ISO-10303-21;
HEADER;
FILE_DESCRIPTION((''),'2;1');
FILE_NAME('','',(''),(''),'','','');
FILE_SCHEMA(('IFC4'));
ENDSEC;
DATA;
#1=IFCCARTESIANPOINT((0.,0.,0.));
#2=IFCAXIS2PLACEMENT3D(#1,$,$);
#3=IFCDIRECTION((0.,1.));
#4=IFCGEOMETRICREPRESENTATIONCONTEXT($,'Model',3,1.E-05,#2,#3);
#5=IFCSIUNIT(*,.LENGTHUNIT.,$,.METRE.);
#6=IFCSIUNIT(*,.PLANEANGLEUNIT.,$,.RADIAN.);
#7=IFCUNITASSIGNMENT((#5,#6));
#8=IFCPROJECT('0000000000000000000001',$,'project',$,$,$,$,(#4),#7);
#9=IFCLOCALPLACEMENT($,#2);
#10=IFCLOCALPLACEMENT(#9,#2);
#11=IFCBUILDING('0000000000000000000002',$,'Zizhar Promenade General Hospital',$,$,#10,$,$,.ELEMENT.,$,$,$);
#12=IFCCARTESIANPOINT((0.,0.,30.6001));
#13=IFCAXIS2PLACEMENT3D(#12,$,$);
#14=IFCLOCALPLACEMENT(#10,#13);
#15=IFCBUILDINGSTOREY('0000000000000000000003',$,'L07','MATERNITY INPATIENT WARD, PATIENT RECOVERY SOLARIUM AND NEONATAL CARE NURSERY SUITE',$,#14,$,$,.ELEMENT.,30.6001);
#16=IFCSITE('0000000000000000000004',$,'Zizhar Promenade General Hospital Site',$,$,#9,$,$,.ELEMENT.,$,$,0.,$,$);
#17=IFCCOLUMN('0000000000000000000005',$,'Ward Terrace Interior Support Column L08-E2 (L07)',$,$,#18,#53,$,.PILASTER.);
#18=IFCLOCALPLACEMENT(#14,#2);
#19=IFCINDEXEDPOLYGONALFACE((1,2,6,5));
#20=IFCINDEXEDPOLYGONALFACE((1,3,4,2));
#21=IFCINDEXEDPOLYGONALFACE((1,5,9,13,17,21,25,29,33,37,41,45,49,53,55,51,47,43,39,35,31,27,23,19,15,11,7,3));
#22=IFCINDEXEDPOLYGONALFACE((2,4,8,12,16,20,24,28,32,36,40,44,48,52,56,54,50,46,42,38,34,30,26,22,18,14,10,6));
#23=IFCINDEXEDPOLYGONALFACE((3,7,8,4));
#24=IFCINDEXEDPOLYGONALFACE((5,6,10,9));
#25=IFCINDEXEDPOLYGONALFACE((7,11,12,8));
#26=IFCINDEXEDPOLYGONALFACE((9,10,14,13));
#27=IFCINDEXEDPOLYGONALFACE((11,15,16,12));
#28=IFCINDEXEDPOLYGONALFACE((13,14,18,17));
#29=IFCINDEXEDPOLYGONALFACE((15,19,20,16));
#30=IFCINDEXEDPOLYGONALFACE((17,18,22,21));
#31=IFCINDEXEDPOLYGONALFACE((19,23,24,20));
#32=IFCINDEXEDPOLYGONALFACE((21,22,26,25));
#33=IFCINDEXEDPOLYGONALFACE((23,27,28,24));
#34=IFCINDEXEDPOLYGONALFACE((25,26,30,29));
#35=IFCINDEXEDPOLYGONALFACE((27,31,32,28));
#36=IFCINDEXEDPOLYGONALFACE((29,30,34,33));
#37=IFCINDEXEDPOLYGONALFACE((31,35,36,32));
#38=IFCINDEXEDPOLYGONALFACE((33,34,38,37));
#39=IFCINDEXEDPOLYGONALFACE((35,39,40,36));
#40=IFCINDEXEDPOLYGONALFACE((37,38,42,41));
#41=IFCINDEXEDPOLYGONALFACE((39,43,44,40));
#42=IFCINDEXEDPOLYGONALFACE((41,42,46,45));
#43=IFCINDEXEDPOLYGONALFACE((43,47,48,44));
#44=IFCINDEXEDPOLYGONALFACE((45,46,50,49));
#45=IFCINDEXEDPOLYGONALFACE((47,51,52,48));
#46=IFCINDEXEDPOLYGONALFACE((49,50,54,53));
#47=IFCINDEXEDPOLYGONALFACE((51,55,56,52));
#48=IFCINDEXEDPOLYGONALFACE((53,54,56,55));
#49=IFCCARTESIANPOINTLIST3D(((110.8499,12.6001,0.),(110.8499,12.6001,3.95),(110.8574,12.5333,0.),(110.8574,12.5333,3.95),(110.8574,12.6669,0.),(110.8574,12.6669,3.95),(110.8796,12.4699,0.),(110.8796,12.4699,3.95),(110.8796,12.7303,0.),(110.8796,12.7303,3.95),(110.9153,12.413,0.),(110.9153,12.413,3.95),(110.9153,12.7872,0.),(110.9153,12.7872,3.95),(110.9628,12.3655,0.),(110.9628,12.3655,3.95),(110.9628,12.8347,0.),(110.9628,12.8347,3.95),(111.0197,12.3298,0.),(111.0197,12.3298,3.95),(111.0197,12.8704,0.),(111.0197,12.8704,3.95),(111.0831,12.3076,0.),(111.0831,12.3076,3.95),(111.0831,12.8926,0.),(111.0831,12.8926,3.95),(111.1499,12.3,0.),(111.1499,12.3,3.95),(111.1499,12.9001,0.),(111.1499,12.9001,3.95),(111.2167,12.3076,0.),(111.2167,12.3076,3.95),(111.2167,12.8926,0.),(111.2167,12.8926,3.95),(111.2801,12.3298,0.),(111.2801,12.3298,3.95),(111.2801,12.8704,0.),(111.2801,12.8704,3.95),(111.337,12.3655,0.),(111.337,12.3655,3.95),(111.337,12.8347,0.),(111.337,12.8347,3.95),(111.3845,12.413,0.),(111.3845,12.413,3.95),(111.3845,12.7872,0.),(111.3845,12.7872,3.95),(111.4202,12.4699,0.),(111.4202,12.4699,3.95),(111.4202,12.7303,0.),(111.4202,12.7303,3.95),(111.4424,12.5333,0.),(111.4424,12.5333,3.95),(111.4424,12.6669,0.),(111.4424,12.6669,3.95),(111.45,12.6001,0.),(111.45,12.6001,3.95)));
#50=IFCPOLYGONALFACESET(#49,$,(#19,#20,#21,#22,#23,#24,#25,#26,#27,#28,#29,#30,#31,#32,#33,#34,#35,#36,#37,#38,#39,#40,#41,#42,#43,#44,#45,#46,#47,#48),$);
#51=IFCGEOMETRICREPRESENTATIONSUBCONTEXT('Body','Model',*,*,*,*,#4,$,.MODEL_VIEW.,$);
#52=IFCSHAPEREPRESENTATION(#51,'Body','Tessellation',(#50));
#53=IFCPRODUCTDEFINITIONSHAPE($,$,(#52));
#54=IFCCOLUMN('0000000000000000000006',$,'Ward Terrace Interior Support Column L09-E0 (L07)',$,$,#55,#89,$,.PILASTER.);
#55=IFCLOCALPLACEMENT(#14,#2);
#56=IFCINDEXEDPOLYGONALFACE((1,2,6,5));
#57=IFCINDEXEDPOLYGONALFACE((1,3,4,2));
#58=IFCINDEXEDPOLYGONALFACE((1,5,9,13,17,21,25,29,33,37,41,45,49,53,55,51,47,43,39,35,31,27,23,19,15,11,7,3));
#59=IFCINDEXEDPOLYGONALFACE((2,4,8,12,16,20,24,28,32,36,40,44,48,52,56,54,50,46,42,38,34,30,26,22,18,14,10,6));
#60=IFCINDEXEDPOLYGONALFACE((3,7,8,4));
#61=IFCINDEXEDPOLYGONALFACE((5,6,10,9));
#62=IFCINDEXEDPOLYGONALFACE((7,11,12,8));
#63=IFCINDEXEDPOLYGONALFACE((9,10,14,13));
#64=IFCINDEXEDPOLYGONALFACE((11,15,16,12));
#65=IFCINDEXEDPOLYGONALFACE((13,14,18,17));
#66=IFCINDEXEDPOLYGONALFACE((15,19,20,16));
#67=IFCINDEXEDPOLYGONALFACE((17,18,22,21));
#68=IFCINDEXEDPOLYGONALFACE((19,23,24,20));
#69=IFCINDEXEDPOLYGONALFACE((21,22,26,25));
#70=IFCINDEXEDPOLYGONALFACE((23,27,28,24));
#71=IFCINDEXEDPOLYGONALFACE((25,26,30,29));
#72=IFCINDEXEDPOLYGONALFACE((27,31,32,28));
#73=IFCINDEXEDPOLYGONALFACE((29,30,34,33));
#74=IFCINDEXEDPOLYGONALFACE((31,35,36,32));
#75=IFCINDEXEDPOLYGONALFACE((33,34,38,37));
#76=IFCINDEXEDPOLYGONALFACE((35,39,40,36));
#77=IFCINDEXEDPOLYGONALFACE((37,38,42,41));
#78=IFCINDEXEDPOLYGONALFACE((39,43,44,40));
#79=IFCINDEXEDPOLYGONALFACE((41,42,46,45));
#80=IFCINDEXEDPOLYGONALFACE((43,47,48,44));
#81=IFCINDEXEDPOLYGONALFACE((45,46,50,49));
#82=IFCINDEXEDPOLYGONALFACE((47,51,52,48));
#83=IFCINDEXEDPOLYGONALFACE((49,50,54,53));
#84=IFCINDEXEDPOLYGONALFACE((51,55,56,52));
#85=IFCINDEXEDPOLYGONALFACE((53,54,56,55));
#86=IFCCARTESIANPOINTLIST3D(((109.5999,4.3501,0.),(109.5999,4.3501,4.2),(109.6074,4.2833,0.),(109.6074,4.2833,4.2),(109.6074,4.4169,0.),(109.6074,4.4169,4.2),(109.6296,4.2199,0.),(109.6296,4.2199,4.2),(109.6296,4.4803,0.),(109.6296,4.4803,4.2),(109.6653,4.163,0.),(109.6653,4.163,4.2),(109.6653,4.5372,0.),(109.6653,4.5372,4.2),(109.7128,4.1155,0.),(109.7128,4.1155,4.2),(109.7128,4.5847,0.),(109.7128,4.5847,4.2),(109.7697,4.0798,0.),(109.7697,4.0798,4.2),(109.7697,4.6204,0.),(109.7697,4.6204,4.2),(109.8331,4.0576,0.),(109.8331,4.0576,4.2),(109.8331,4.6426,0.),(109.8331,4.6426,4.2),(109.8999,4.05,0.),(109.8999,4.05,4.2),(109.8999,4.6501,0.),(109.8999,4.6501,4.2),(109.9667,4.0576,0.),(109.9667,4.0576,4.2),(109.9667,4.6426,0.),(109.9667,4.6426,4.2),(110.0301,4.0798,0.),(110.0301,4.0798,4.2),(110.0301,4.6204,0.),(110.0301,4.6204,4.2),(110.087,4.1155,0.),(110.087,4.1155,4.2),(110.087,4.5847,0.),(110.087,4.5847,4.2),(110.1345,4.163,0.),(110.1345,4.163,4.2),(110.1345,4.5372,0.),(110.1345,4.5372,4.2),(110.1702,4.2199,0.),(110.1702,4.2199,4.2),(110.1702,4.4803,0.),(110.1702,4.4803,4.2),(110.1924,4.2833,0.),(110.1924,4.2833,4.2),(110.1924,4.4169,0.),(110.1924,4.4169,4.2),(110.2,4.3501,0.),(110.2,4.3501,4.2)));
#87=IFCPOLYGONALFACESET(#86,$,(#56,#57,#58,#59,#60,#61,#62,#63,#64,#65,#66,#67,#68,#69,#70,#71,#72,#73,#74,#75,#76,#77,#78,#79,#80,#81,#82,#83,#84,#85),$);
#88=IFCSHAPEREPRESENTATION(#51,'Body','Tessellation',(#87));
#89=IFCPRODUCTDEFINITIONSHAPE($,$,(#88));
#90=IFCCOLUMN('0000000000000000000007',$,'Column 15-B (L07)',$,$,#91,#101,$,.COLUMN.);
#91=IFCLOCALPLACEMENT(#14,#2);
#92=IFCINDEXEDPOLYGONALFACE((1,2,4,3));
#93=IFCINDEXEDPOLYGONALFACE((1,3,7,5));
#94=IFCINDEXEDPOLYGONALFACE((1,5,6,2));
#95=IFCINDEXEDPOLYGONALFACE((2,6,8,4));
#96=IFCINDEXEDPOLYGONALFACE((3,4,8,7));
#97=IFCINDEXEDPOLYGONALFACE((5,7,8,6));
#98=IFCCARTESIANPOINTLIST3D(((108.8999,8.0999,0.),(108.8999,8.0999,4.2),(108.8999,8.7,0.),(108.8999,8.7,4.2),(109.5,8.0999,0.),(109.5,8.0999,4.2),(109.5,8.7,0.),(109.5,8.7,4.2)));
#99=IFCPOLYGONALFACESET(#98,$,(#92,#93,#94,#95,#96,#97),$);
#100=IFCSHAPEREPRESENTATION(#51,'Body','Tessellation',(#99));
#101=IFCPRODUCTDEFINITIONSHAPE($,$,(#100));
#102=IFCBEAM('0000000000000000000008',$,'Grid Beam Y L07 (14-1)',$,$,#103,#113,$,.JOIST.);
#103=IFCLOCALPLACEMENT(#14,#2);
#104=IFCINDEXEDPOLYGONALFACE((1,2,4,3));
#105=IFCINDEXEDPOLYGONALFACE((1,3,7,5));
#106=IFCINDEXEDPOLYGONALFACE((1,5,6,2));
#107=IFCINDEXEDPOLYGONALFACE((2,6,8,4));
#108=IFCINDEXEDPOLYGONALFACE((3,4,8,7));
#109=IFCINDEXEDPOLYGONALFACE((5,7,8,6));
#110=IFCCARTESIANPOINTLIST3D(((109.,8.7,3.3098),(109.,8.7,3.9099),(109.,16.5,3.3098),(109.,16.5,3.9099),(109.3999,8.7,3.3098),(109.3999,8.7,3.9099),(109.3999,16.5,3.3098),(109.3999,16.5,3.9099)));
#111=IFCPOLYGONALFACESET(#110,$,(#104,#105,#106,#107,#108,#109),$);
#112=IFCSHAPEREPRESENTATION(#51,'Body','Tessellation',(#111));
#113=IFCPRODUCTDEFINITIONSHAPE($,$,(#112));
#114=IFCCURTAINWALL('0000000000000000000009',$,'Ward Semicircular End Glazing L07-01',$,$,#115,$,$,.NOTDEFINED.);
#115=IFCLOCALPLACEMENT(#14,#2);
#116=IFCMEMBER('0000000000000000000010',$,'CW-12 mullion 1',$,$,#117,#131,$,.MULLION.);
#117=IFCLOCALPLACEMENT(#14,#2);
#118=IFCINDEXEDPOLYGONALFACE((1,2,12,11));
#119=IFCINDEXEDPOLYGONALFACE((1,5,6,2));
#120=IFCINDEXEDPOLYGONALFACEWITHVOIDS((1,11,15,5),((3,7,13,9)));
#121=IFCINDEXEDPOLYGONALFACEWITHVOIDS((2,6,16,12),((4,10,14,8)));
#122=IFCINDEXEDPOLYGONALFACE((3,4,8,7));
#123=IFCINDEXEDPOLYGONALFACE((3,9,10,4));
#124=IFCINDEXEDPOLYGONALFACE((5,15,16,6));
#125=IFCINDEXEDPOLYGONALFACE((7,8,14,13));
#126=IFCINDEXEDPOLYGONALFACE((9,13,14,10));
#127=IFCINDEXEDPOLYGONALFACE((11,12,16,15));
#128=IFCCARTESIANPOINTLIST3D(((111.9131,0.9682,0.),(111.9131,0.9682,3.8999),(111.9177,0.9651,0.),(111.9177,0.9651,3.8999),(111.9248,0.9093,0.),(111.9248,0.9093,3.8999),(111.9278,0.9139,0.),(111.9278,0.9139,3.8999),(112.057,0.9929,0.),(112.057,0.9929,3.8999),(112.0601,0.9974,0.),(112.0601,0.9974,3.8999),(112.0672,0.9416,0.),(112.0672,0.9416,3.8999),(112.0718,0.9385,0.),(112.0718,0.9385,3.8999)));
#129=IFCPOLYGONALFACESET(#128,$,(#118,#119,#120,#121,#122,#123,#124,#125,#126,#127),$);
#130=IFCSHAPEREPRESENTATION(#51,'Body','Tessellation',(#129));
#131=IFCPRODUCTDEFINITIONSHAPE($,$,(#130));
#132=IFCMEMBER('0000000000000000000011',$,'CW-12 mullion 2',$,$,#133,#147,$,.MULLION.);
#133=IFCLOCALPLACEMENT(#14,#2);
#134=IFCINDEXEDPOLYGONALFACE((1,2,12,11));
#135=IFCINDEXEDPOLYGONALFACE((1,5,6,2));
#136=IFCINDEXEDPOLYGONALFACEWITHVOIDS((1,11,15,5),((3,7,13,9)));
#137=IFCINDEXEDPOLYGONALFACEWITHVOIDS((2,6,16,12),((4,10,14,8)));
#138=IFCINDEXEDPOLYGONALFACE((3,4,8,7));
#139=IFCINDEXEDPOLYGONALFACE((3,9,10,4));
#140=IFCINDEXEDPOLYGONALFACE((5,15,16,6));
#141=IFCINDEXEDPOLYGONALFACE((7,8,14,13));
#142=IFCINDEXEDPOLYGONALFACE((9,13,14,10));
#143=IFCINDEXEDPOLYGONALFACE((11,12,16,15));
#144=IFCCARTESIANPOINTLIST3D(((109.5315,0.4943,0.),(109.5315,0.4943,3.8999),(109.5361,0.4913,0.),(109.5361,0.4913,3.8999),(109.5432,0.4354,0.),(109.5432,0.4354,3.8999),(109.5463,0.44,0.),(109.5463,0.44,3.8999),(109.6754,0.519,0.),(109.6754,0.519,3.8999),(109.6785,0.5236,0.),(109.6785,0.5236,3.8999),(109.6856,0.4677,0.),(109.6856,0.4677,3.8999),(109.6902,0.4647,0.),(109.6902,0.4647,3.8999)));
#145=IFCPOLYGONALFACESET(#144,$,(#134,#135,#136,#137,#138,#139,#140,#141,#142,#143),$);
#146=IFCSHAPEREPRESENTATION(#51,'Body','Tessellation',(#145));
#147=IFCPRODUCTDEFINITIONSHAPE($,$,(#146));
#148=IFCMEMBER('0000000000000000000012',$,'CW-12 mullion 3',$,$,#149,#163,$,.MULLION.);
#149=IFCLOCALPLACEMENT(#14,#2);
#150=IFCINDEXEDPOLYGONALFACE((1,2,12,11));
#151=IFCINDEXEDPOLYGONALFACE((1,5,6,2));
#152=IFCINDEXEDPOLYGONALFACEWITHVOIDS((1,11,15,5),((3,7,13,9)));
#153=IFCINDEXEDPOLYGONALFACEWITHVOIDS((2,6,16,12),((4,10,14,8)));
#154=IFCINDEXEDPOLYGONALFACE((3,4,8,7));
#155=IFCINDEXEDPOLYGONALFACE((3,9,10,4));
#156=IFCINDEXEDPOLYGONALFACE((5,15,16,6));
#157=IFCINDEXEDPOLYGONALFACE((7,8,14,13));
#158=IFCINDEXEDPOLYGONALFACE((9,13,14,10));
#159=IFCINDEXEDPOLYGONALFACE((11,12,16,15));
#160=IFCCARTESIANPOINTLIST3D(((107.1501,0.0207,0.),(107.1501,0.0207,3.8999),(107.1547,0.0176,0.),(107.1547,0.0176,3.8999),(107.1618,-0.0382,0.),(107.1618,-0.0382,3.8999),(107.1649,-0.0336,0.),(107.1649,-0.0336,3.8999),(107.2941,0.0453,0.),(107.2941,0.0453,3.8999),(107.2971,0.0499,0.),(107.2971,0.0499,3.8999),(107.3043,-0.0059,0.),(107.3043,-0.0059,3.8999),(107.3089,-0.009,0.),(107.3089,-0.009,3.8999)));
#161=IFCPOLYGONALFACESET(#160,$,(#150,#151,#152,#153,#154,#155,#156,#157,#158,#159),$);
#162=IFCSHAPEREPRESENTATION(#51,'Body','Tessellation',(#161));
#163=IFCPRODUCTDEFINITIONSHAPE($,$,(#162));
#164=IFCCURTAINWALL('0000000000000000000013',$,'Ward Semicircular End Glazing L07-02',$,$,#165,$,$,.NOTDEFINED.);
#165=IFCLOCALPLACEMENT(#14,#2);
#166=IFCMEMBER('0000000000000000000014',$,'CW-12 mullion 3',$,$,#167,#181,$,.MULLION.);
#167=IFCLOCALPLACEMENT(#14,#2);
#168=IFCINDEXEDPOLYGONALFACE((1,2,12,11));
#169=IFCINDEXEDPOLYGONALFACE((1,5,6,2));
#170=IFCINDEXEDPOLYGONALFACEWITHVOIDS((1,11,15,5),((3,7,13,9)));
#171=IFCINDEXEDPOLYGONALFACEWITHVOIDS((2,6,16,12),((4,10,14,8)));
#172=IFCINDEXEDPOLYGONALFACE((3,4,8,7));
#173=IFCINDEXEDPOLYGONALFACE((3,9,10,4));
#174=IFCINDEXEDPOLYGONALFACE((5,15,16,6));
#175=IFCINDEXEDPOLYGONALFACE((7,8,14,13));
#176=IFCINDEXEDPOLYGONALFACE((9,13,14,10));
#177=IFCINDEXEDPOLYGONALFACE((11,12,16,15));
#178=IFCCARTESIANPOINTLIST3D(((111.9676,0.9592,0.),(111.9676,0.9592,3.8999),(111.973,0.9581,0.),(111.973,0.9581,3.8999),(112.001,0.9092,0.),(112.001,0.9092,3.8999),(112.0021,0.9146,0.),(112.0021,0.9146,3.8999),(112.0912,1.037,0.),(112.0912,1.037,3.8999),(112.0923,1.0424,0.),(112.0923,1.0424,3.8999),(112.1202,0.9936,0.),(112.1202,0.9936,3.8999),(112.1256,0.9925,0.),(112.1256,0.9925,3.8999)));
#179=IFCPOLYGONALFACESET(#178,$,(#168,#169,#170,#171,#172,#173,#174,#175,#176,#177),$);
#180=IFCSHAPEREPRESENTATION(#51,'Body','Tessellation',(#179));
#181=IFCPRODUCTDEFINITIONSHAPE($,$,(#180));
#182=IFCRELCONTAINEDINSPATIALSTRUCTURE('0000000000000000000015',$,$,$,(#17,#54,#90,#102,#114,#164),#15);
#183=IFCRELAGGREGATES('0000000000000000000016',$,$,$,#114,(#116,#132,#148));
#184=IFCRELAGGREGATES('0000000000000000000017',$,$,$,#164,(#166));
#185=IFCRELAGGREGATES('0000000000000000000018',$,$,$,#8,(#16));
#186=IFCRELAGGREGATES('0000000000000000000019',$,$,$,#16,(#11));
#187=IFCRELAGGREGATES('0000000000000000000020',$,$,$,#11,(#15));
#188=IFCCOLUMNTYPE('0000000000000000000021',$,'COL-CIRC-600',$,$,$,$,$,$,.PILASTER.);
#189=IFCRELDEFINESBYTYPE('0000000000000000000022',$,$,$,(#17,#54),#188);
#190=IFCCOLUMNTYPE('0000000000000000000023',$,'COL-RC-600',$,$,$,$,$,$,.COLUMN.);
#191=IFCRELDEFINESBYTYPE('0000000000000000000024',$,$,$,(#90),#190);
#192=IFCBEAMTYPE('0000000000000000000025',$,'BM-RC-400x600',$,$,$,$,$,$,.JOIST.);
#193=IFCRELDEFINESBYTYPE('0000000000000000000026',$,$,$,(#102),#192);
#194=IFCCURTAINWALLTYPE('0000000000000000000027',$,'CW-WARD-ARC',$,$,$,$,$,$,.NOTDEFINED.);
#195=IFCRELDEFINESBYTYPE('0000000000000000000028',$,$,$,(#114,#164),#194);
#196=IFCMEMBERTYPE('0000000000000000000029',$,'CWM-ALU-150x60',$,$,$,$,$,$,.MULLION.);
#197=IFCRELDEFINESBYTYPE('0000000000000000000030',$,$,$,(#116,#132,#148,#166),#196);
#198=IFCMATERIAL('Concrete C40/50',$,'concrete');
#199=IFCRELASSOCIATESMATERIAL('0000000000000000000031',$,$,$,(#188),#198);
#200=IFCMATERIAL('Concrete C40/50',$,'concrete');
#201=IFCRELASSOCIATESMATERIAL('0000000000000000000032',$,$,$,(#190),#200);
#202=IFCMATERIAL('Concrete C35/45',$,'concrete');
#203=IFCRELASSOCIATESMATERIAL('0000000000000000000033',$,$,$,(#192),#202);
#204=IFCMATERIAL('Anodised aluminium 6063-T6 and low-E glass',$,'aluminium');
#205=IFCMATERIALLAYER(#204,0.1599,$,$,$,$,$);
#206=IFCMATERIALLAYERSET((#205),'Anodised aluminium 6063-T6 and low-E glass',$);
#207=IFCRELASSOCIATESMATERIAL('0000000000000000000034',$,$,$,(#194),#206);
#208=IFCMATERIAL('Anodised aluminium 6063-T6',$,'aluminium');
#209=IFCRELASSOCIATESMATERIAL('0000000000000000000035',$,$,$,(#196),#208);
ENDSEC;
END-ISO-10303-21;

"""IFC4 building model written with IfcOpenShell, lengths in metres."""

from ifc_helpers import new_model, si_unit, direction, frame, origin, origin_2d, place, context, subcontext, project, spatial, rectangle, hollow_rectangle, circle, extrude, material, layer, layer_set, material_profile, profile_set, type_object, element, aggregate, save


model = new_model("IFC4")

# Units and contexts
model_context = context("Model", 3, precision=1e-05, world=origin(), true_north=direction((0.0, 1.0)))
body_context = subcontext(model_context, "Body", "Model", "MODEL_VIEW")
ifc_project = project(units=[si_unit("LENGTHUNIT", "METRE"), si_unit("PLANEANGLEUNIT", "RADIAN")], contexts=[model_context])

# Site, building, storey
site_placement = place(None, origin())
site = spatial("IfcSite", under=ifc_project, at=site_placement, Name="Zizhar Promenade General Hospital Site", CompositionType="ELEMENT", RefElevation=0.0)
building_placement = place(site_placement, origin())
building = spatial("IfcBuilding", under=site, at=building_placement, Name="Zizhar Promenade General Hospital", CompositionType="ELEMENT")
storey_placement = place(building_placement, frame((0.0, 0.0, 30.6001)))
storey = spatial("IfcBuildingStorey", under=building, at=storey_placement, Name="L07", Description="MATERNITY INPATIENT WARD, PATIENT RECOVERY SOLARIUM AND NEONATAL CARE NURSERY SUITE", CompositionType="ELEMENT", Elevation=30.6001)

# Columns
ifc_material_1 = material(Name="Concrete C40/50", Category="concrete")
ifc_material_profile_1 = material_profile(ifc_material_1, circle(Radius=0.3, at=origin_2d()))
ifc_profile_set_1 = profile_set([ifc_material_profile_1], Name="Concrete C40/50")
column_type_1 = type_object("IfcColumnType", Name="COL-CIRC-600", PredefinedType="PILASTER", material=ifc_profile_set_1)
column_1_placement = place(storey_placement, frame((111.1499, 12.6001, 0.0), z_axis=(0.0, 0.0, 1.0), x_axis=(1.0, 0.0, 0.0)))
element("IfcColumn", 1, at=column_1_placement, inside=storey, type_object=column_type_1, Name="Ward Terrace Interior Support Column L08-E2 (L07)", PredefinedType="PILASTER", context=body_context, shape_type="SweptSolid", body=[
    extrude(circle(Radius=0.3, at=origin_2d()), origin(), (0.0, 0.0, 1.0), 3.95),
])
column_2_placement = place(storey_placement, frame((109.8999, 4.3501, 0.0), z_axis=(0.0, 0.0, 1.0), x_axis=(1.0, 0.0, 0.0)))
element("IfcColumn", 2, at=column_2_placement, inside=storey, type_object=column_type_1, Name="Ward Terrace Interior Support Column L09-E0 (L07)", PredefinedType="PILASTER", context=body_context, shape_type="SweptSolid", body=[
    extrude(circle(Radius=0.3, at=origin_2d()), origin(), (0.0, 0.0, 1.0), 4.2),
])
ifc_material_2 = material(Name="Concrete C40/50", Category="concrete")
ifc_material_profile_2 = material_profile(ifc_material_2, rectangle(XDim=0.6001, YDim=0.6001, at=origin_2d()))
ifc_profile_set_2 = profile_set([ifc_material_profile_2], Name="Concrete C40/50")
column_type_2 = type_object("IfcColumnType", Name="COL-RC-600", PredefinedType="COLUMN", material=ifc_profile_set_2)
column_3_placement = place(storey_placement, frame((109.2, 8.3999, 0.0), z_axis=(0.0, 0.0, 1.0), x_axis=(1.0, 0.0, 0.0)))
element("IfcColumn", 3, at=column_3_placement, inside=storey, type_object=column_type_2, Name="Column 15-B (L07)", PredefinedType="COLUMN", context=body_context, shape_type="SweptSolid", body=[
    extrude(rectangle(XDim=0.6001, YDim=0.6001, at=origin_2d()), origin(), (0.0, 0.0, 1.0), 4.2),
])

# Beam
ifc_material_3 = material(Name="Concrete C35/45", Category="concrete")
ifc_material_profile_3 = material_profile(ifc_material_3, rectangle(XDim=0.3999, YDim=0.6001, at=origin_2d()))
ifc_profile_set_3 = profile_set([ifc_material_profile_3], Name="Concrete C35/45")
beam_type = type_object("IfcBeamType", Name="BM-RC-400x600", PredefinedType="JOIST", material=ifc_profile_set_3)
beam_placement = place(storey_placement, frame((109.2, 8.7, 3.6099), z_axis=(0.0, 1.0, 0.0), x_axis=(-1.0, 0.0, 0.0)))
element("IfcBeam", 4, at=beam_placement, inside=storey, type_object=beam_type, Name="Grid Beam Y L07 (14-1)", PredefinedType="JOIST", context=body_context, shape_type="SweptSolid", body=[
    extrude(rectangle(XDim=0.3999, YDim=0.6001, at=origin_2d()), origin(), (0.0, 0.0, 1.0), 7.8),
])

# Curtain wall, members
ifc_material_4 = material(Name="Anodised aluminium 6063-T6 and low-E glass", Category="aluminium")
ifc_layer_1 = layer(ifc_material_4, 0.1599)
ifc_layer_set_1 = layer_set([ifc_layer_1], Name="Anodised aluminium 6063-T6 and low-E glass")
curtain_wall_type_1 = type_object("IfcCurtainWallType", Name="CW-WARD-ARC", PredefinedType="NOTDEFINED", material=ifc_layer_set_1)
curtain_wall_1_placement = place(storey_placement, origin())
curtain_wall_1 = element("IfcCurtainWall", 5, at=curtain_wall_1_placement, inside=storey, type_object=curtain_wall_type_1, Name="Ward Semicircular End Glazing L07-01", PredefinedType="NOTDEFINED")
ifc_material_5 = material(Name="Anodised aluminium 6063-T6", Category="aluminium")
ifc_material_profile_4 = material_profile(ifc_material_5, hollow_rectangle(XDim=0.0601, YDim=0.1499, WallThickness=0.0039, at=origin_2d()))
ifc_profile_set_4 = profile_set([ifc_material_profile_4], Name="Anodised aluminium 6063-T6")
member_type_1 = type_object("IfcMemberType", Name="CWM-ALU-150x60", PredefinedType="MULLION", material=ifc_profile_set_4)
member_1_placement = place(storey_placement, frame((111.9924, 0.9534, 0.0), z_axis=(0.0, 0.0, 1.0), x_axis=(0.195087, -0.980786, 0.0)))
member_1 = element("IfcMember", 6, at=member_1_placement, type_object=member_type_1, Name="CW-12 mullion 1", PredefinedType="MULLION", context=body_context, shape_type="SweptSolid", body=[
    extrude(hollow_rectangle(XDim=0.0601, YDim=0.1499, WallThickness=0.0039, at=origin_2d()), origin(), (0.0, 0.0, 1.0), 3.8999),
])
member_2_placement = place(storey_placement, frame((109.6108, 0.4795, 0.0), z_axis=(0.0, 0.0, 1.0), x_axis=(0.195087, -0.980786, 0.0)))
member_2 = element("IfcMember", 7, at=member_2_placement, type_object=member_type_1, Name="CW-12 mullion 2", PredefinedType="MULLION", context=body_context, shape_type="SweptSolid", body=[
    extrude(hollow_rectangle(XDim=0.0601, YDim=0.1499, WallThickness=0.0039, at=origin_2d()), origin(), (0.0, 0.0, 1.0), 3.8999),
])
member_3_placement = place(storey_placement, frame((107.2295, 0.0059, 0.0), z_axis=(0.0, 0.0, 1.0), x_axis=(0.195087, -0.980786, 0.0)))
member_3 = element("IfcMember", 8, at=member_3_placement, type_object=member_type_1, Name="CW-12 mullion 3", PredefinedType="MULLION", context=body_context, shape_type="SweptSolid", body=[
    extrude(hollow_rectangle(XDim=0.0601, YDim=0.1499, WallThickness=0.0039, at=origin_2d()), origin(), (0.0, 0.0, 1.0), 3.8999),
])

# Curtain wall, member
curtain_wall_2_placement = place(storey_placement, origin())
curtain_wall_2 = element("IfcCurtainWall", 9, at=curtain_wall_2_placement, inside=storey, type_object=curtain_wall_type_1, Name="Ward Semicircular End Glazing L07-02", PredefinedType="NOTDEFINED")
member_4_placement = place(storey_placement, frame((112.0466, 0.9758, 0.0), z_axis=(0.0, 0.0, 1.0), x_axis=(0.555582, -0.831462, 0.0)))
member_4 = element("IfcMember", 10, at=member_4_placement, type_object=member_type_1, Name="CW-12 mullion 3", PredefinedType="MULLION", context=body_context, shape_type="SweptSolid", body=[
    extrude(hollow_rectangle(XDim=0.0601, YDim=0.1499, WallThickness=0.0039, at=origin_2d()), origin(), (0.0, 0.0, 1.0), 3.8999),
])

aggregate(curtain_wall_1, [member_1, member_2, member_3])
aggregate(curtain_wall_2, [member_4])

save(model, "model.ifc")
